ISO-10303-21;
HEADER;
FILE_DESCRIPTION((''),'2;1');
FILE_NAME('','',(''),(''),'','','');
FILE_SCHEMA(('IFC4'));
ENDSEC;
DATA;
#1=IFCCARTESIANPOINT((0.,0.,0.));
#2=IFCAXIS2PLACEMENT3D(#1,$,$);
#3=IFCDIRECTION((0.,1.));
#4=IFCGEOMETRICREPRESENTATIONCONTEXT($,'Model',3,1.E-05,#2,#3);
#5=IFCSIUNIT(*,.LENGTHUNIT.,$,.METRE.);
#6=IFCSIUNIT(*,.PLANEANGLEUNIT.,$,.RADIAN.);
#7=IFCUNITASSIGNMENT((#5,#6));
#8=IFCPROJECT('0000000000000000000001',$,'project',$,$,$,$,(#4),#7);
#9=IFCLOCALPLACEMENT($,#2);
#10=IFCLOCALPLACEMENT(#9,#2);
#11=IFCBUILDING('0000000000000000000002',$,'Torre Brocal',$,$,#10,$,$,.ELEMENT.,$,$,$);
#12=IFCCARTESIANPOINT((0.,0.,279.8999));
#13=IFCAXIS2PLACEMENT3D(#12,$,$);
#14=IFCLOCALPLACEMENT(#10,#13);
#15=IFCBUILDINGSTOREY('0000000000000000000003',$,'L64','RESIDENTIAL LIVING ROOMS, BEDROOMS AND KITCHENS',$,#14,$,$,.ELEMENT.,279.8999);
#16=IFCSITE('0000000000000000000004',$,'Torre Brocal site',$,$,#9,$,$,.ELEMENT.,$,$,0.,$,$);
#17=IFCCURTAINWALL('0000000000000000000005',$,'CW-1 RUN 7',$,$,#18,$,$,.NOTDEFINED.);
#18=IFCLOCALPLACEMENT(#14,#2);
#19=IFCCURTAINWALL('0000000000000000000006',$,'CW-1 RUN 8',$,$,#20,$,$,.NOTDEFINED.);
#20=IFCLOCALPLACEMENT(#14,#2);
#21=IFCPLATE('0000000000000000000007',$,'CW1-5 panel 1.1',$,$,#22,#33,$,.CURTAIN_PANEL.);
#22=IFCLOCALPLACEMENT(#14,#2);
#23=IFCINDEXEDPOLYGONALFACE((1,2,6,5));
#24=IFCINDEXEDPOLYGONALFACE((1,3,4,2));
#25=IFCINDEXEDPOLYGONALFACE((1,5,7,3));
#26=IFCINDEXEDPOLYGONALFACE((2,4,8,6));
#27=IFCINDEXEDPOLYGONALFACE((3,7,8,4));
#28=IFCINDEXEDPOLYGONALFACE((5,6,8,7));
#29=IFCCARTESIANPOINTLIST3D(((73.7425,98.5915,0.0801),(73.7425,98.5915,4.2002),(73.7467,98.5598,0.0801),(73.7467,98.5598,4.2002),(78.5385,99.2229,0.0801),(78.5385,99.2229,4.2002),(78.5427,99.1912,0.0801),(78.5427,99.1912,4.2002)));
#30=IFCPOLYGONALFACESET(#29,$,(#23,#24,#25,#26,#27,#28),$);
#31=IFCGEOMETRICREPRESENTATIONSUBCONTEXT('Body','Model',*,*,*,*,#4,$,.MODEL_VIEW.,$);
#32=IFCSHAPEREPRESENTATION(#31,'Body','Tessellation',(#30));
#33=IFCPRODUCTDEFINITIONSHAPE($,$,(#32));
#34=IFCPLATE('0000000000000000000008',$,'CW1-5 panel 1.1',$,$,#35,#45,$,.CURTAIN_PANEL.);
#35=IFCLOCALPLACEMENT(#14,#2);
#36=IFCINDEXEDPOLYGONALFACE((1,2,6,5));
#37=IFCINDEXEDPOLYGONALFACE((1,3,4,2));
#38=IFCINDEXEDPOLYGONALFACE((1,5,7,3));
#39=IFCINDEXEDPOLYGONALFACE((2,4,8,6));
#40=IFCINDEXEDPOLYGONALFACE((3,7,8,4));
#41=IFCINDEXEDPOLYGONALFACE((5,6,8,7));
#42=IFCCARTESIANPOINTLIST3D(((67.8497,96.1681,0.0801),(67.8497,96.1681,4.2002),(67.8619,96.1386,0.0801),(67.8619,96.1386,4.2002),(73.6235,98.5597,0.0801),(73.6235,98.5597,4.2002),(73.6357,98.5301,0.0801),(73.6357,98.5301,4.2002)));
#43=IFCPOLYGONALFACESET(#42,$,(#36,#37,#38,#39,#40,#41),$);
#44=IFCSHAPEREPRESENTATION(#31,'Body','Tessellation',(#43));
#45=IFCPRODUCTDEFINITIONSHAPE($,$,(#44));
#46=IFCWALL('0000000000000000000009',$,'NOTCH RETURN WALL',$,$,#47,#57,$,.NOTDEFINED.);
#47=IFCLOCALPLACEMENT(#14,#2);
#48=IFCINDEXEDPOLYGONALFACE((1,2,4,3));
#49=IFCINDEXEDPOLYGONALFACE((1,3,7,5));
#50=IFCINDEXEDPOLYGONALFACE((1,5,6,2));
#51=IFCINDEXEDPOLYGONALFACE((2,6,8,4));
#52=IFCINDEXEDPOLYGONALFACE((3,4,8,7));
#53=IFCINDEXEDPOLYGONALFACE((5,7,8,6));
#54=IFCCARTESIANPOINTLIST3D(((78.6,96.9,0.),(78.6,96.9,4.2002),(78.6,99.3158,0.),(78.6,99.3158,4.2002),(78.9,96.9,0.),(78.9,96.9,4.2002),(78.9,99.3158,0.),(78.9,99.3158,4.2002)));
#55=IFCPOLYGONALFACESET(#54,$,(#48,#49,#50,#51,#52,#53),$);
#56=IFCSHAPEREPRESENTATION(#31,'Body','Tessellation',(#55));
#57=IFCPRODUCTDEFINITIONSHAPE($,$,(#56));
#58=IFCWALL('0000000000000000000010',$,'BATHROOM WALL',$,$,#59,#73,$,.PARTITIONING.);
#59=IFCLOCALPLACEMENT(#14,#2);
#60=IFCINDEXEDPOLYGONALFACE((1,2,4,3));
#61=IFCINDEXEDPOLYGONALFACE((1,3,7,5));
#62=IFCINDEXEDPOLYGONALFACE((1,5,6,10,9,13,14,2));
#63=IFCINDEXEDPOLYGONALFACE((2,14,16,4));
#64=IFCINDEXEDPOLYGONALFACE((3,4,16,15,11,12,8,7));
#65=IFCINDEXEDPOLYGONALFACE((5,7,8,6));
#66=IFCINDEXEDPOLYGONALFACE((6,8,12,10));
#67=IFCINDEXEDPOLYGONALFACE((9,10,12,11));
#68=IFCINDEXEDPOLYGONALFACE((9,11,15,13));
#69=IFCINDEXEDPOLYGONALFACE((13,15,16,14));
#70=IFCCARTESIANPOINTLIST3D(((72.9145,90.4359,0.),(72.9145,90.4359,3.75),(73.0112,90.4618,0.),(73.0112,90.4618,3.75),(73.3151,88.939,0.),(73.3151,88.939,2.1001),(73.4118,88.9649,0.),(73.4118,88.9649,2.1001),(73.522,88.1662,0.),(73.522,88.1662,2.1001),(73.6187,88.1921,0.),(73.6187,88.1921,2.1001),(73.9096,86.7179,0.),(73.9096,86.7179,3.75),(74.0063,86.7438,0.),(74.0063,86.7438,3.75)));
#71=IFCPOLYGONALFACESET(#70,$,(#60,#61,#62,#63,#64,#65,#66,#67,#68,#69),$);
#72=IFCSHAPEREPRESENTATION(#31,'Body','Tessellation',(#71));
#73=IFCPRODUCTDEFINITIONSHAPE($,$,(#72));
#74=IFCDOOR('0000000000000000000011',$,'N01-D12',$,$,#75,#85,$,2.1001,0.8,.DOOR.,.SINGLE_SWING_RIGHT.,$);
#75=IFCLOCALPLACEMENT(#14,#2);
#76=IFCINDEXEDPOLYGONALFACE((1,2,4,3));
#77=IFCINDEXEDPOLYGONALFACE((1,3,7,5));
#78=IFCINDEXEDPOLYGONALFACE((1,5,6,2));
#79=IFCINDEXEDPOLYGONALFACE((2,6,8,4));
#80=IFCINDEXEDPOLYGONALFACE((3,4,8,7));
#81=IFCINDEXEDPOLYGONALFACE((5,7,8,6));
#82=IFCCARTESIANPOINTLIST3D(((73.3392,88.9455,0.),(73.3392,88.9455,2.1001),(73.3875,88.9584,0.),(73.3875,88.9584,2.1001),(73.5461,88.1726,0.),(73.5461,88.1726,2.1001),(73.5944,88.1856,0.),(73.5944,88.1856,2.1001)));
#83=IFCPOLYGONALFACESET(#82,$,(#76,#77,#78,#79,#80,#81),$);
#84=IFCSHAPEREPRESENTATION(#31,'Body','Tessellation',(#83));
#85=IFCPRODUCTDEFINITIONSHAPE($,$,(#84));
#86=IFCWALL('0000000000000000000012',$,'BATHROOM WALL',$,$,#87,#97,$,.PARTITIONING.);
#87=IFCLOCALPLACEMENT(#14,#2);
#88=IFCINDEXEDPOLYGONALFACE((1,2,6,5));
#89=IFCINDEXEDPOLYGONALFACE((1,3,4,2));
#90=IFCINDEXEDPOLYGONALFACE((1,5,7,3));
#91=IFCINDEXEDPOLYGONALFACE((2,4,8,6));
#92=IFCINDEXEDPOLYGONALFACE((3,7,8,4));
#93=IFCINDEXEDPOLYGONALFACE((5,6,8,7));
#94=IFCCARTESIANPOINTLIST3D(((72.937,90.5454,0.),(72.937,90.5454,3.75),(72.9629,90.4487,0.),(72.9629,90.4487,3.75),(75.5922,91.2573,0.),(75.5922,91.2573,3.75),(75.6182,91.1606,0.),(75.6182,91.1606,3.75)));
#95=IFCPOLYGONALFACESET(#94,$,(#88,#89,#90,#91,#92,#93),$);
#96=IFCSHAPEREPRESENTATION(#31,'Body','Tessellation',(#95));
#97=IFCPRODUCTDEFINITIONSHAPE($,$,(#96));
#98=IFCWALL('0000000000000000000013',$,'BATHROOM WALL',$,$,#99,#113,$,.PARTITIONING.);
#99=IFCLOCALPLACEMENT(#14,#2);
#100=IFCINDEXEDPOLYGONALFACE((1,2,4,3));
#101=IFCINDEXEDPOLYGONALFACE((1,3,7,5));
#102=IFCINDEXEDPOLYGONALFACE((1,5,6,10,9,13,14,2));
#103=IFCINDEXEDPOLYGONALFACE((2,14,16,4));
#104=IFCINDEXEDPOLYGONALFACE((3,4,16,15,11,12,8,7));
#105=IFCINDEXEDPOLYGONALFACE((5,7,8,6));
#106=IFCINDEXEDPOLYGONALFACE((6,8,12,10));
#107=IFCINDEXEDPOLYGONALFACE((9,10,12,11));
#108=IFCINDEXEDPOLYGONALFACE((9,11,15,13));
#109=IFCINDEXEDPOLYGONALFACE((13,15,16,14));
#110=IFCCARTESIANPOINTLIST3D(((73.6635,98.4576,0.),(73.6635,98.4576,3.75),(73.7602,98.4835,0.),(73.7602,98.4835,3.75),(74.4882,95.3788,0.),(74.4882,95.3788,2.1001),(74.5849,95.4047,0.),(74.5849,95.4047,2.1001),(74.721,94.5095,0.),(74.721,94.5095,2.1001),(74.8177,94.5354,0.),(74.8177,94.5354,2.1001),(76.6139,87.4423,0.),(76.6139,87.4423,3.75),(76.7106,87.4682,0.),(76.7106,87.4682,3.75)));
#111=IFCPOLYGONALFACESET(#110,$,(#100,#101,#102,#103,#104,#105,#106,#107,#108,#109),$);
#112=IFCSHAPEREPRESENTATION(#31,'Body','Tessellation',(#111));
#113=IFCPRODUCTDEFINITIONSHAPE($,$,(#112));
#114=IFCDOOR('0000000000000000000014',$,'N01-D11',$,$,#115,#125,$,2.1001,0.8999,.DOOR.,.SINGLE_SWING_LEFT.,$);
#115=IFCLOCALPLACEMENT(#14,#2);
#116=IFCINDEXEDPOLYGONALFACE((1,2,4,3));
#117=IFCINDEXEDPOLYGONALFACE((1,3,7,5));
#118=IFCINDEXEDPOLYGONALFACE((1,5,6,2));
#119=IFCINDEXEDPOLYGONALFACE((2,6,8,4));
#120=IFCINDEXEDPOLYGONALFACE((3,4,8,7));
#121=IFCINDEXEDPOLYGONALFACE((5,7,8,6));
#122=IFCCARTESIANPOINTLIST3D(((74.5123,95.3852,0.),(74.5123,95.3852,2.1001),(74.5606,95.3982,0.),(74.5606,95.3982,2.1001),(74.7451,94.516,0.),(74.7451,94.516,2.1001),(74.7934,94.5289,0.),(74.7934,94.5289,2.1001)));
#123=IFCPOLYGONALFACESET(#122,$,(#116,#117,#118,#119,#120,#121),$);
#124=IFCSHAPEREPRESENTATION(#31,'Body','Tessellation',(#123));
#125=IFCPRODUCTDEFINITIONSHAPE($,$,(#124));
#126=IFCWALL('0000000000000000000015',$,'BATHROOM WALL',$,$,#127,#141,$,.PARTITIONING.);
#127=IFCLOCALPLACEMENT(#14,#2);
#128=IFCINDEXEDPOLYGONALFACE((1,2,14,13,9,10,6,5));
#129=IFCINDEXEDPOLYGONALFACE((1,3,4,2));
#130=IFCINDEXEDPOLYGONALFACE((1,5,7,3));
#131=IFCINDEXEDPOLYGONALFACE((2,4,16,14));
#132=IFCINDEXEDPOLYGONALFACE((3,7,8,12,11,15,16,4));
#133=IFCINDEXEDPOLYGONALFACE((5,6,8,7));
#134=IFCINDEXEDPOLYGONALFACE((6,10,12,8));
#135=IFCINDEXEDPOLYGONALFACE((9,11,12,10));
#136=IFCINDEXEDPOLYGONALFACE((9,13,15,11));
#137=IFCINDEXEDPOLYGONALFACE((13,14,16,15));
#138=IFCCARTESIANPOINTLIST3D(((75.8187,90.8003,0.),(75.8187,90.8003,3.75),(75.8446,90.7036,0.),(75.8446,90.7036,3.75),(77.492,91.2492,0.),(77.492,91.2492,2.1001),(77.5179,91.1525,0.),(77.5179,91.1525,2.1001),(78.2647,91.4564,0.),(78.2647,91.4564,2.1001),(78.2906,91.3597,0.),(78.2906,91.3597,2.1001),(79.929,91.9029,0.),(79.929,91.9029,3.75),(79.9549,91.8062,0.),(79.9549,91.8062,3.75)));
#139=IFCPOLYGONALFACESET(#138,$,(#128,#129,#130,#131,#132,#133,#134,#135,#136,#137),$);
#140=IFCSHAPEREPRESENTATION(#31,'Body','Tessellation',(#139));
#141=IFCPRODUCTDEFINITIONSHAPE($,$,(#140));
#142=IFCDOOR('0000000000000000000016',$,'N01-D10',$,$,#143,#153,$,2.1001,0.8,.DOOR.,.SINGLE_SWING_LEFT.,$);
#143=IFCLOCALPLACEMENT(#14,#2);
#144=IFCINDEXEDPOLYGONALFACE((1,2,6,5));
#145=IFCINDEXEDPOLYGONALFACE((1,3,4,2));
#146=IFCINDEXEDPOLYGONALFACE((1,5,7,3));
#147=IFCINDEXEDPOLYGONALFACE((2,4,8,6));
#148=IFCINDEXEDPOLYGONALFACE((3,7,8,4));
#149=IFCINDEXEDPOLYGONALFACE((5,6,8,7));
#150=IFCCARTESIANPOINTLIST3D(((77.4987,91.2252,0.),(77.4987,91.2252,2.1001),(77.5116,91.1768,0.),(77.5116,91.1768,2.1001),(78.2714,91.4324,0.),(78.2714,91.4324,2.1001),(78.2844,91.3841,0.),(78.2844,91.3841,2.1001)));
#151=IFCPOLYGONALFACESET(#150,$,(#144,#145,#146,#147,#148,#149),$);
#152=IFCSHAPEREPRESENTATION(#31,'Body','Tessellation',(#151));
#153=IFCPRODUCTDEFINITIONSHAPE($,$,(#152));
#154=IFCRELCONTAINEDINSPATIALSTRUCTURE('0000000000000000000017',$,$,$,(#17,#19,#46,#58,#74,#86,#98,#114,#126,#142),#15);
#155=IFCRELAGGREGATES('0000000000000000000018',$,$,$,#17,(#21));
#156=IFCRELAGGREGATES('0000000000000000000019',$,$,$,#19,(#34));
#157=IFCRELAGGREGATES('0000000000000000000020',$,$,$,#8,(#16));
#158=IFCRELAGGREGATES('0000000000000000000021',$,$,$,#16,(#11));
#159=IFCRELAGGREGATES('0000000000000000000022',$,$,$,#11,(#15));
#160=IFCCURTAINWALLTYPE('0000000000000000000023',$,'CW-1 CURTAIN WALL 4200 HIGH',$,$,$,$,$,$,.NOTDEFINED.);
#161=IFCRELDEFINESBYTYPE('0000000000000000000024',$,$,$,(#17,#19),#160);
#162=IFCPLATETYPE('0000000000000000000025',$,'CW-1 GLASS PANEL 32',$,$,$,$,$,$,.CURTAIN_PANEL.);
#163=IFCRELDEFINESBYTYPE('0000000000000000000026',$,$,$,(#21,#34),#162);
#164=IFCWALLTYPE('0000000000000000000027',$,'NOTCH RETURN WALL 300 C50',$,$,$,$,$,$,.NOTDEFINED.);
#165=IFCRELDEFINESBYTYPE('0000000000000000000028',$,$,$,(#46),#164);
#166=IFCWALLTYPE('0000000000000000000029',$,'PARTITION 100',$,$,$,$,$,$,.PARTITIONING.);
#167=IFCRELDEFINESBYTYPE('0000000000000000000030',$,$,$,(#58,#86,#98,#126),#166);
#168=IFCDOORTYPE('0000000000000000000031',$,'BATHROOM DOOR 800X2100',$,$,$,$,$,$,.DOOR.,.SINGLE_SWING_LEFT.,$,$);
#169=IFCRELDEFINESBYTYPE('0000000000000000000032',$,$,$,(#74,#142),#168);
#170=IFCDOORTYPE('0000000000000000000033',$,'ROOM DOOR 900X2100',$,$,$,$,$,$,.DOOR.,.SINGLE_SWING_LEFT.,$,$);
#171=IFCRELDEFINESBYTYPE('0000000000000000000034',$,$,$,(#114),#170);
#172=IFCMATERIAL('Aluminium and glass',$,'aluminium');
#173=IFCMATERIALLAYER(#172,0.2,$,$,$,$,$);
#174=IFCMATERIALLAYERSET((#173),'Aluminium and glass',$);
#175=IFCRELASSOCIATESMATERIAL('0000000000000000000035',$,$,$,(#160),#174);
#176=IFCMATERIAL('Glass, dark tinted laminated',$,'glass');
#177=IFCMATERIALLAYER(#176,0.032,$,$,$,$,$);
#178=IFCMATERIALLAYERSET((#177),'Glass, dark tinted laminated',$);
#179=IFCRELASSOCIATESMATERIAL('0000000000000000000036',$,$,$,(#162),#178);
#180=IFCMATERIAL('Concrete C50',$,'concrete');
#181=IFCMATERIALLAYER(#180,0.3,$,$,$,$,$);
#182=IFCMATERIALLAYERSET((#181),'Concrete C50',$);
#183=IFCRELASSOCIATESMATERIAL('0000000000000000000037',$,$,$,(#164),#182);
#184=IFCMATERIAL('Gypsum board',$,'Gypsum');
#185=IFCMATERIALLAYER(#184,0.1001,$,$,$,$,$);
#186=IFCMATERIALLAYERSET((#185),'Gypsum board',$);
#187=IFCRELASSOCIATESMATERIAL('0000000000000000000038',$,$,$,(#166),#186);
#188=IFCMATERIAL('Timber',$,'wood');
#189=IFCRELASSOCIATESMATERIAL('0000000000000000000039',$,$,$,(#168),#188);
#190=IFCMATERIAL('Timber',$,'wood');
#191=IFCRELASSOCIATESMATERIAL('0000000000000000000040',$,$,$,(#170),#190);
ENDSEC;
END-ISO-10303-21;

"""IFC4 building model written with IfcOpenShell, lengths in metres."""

from ifc_helpers import new_model, si_unit, direction, frame, frame_2d, origin, origin_2d, place, context, subcontext, project, spatial, rectangle, extrude, material, layer, layer_set, type_object, element, fill, aggregate, save


model = new_model("IFC4")

# Units and contexts
model_context = context("Model", 3, precision=1e-05, world=origin(), true_north=direction((0.0, 1.0)))
body_context = subcontext(model_context, "Body", "Model", "MODEL_VIEW")
ifc_project = project(units=[si_unit("LENGTHUNIT", "METRE"), si_unit("PLANEANGLEUNIT", "RADIAN")], contexts=[model_context])

# Site, building, storey
site_placement = place(None, origin())
site = spatial("IfcSite", under=ifc_project, at=site_placement, Name="Torre Brocal site", CompositionType="ELEMENT", RefElevation=0.0)
building_placement = place(site_placement, origin())
building = spatial("IfcBuilding", under=site, at=building_placement, Name="Torre Brocal", CompositionType="ELEMENT")
storey_placement = place(building_placement, frame((0.0, 0.0, 279.8999)))
storey = spatial("IfcBuildingStorey", under=building, at=storey_placement, Name="L64", Description="RESIDENTIAL LIVING ROOMS, BEDROOMS AND KITCHENS", CompositionType="ELEMENT", Elevation=279.8999)

# Curtain wall
ifc_material_1 = material(Name="Aluminium and glass", Category="aluminium")
ifc_layer_1 = layer(ifc_material_1, 0.2)
ifc_layer_set_1 = layer_set([ifc_layer_1], Name="Aluminium and glass")
curtain_wall_type = type_object("IfcCurtainWallType", Name="CW-1 CURTAIN WALL 4200 HIGH", PredefinedType="NOTDEFINED", material=ifc_layer_set_1)
curtain_wall_1_placement = place(storey_placement, origin())
curtain_wall_1 = element("IfcCurtainWall", 1, at=curtain_wall_1_placement, inside=storey, type_object=curtain_wall_type, Name="CW-1 RUN 7", PredefinedType="NOTDEFINED")

# Curtain wall
curtain_wall_2_placement = place(storey_placement, origin())
curtain_wall_2 = element("IfcCurtainWall", 2, at=curtain_wall_2_placement, inside=storey, type_object=curtain_wall_type, Name="CW-1 RUN 8", PredefinedType="NOTDEFINED")

# Plates
ifc_material_2 = material(Name="Glass, dark tinted laminated", Category="glass")
ifc_layer_2 = layer(ifc_material_2, 0.032)
ifc_layer_set_2 = layer_set([ifc_layer_2], Name="Glass, dark tinted laminated")
plate_type = type_object("IfcPlateType", Name="CW-1 GLASS PANEL 32", PredefinedType="CURTAIN_PANEL", material=ifc_layer_set_2)
plate_1_placement = place(storey_placement, frame((76.1426, 98.8914, 0.0801), z_axis=(0.0, 0.0, 1.0), x_axis=(-0.991445, -0.130526, 0.0)))
plate_1 = element("IfcPlate", 3, at=plate_1_placement, type_object=plate_type, Name="CW1-5 panel 1.1", PredefinedType="CURTAIN_PANEL", context=body_context, shape_type="SweptSolid", body=[
    extrude(rectangle(XDim=4.8374, YDim=0.032, at=origin_2d()), origin(), (0.0, 0.0, 1.0), 4.1201),
])
aggregate(curtain_wall_1, [plate_1])
plate_2_placement = place(storey_placement, frame((70.7427, 97.3491, 0.0801), z_axis=(0.0, 0.0, 1.0), x_axis=(-0.92388, -0.382683, 0.0)))
plate_2 = element("IfcPlate", 4, at=plate_2_placement, type_object=plate_type, Name="CW1-5 panel 1.1", PredefinedType="CURTAIN_PANEL", context=body_context, shape_type="SweptSolid", body=[
    extrude(rectangle(XDim=6.2495, YDim=0.032, at=origin_2d()), origin(), (0.0, 0.0, 1.0), 4.1201),
])
aggregate(curtain_wall_2, [plate_2])

# Wall
ifc_material_3 = material(Name="Concrete C50", Category="concrete")
ifc_layer_3 = layer(ifc_material_3, 0.3)
ifc_layer_set_3 = layer_set([ifc_layer_3], Name="Concrete C50")
wall_type_1 = type_object("IfcWallType", Name="NOTCH RETURN WALL 300 C50", PredefinedType="NOTDEFINED", material=ifc_layer_set_3)
wall_1_placement = place(storey_placement, frame((78.75, 96.8999, 0.0), z_axis=(0.0, 0.0, 1.0), x_axis=(0.0, 1.0, 0.0)))
element("IfcWall", 5, at=wall_1_placement, inside=storey, type_object=wall_type_1, Name="NOTCH RETURN WALL", PredefinedType="NOTDEFINED", context=body_context, shape_type="SweptSolid", body=[
    extrude(rectangle(XDim=2.4158, YDim=0.3, at=frame_2d((1.208, 0.0))), origin(), (0.0, 0.0, 1.0), 4.2002),
])

# Wall, opening, door
ifc_material_4 = material(Name="Gypsum board", Category="Gypsum")
ifc_layer_4 = layer(ifc_material_4, 0.1001)
ifc_layer_set_4 = layer_set([ifc_layer_4], Name="Gypsum board")
wall_type_2 = type_object("IfcWallType", Name="PARTITION 100", PredefinedType="PARTITIONING", material=ifc_layer_set_4)
wall_2_placement = place(storey_placement, frame((72.9629, 90.4487, 0.0), z_axis=(0.0, 0.0, 1.0), x_axis=(0.258547, -0.965999, 0.0)))
wall_2 = element("IfcWall", 6, at=wall_2_placement, inside=storey, type_object=wall_type_2, Name="BATHROOM WALL", PredefinedType="PARTITIONING", context=body_context, shape_type="SweptSolid", body=[
    extrude(rectangle(XDim=3.8489, YDim=0.1001, at=frame_2d((1.9243, 0.0))), origin(), (0.0, 0.0, 1.0), 3.75),
])
opening_1_placement = place(wall_2_placement, frame((1.5496, 0.0, 0.0)))
opening_1 = element("IfcOpeningElement", 7, at=opening_1_placement, cuts=wall_2, PredefinedType="OPENING", context=body_context, shape_type="SweptSolid", body=[
    extrude(rectangle(XDim=0.8, YDim=2.1001, at=frame_2d((0.3999, 1.05))), frame((0.0, 0.0601, 0.0), z_axis=(0.0, -1.0, 0.0), x_axis=(1.0, 0.0, 0.0)), (0.0, 0.0, 1.0), 0.1201),
])
ifc_material_5 = material(Name="Timber", Category="wood")
door_type_1 = type_object("IfcDoorType", Name="BATHROOM DOOR 800X2100", OperationType="SINGLE_SWING_LEFT", PredefinedType="DOOR", material=ifc_material_5)
door_1_placement = place(opening_1_placement, origin())
door_1 = element("IfcDoor", 8, at=door_1_placement, inside=storey, type_object=door_type_1, Name="N01-D12", OperationType="SINGLE_SWING_RIGHT", OverallHeight=2.1001, OverallWidth=0.8, PredefinedType="DOOR", context=body_context, shape_type="SweptSolid", body=[
    extrude(rectangle(XDim=0.8, YDim=2.1001, at=frame_2d((0.3999, 1.05))), frame((0.0, 0.0249, 0.0), z_axis=(0.0, -1.0, 0.0), x_axis=(1.0, 0.0, 0.0)), (0.0, 0.0, 1.0), 0.05),
])
fill(opening_1, door_1)

# Wall
wall_3_placement = place(storey_placement, frame((72.95, 90.4971, 0.0), z_axis=(0.0, 0.0, 1.0), x_axis=(0.965886, 0.258967, 0.0)))
element("IfcWall", 9, at=wall_3_placement, inside=storey, type_object=wall_type_2, Name="BATHROOM WALL", PredefinedType="PARTITIONING", context=body_context, shape_type="SweptSolid", body=[
    extrude(rectangle(XDim=2.749, YDim=0.1001, at=frame_2d((1.3745, 0.0))), origin(), (0.0, 0.0, 1.0), 3.75),
])

# Walls, openings, doors
wall_4_placement = place(storey_placement, frame((73.7119, 98.4705, 0.0), z_axis=(0.0, 0.0, 1.0), x_axis=(0.258727, -0.96595, 0.0)))
wall_4 = element("IfcWall", 10, at=wall_4_placement, inside=storey, type_object=wall_type_2, Name="BATHROOM WALL", PredefinedType="PARTITIONING", context=body_context, shape_type="SweptSolid", body=[
    extrude(rectangle(XDim=11.4036, YDim=0.1001, at=frame_2d((5.7017, 0.0))), origin(), (0.0, 0.0, 1.0), 3.75),
])
opening_2_placement = place(wall_4_placement, frame((3.1873, 0.0, 0.0)))
opening_2 = element("IfcOpeningElement", 11, at=opening_2_placement, cuts=wall_4, PredefinedType="OPENING", context=body_context, shape_type="SweptSolid", body=[
    extrude(rectangle(XDim=0.8999, YDim=2.1001, at=frame_2d((0.45, 1.05))), frame((0.0, 0.0601, 0.0), z_axis=(0.0, -1.0, 0.0), x_axis=(1.0, 0.0, 0.0)), (0.0, 0.0, 1.0), 0.1201),
])
ifc_material_6 = material(Name="Timber", Category="wood")
door_type_2 = type_object("IfcDoorType", Name="ROOM DOOR 900X2100", OperationType="SINGLE_SWING_LEFT", PredefinedType="DOOR", material=ifc_material_6)
door_2_placement = place(opening_2_placement, origin())
door_2 = element("IfcDoor", 12, at=door_2_placement, inside=storey, type_object=door_type_2, Name="N01-D11", OperationType="SINGLE_SWING_LEFT", OverallHeight=2.1001, OverallWidth=0.8999, PredefinedType="DOOR", context=body_context, shape_type="SweptSolid", body=[
    extrude(rectangle(XDim=0.8999, YDim=2.1001, at=frame_2d((0.45, 1.05))), frame((0.0, 0.0249, 0.0), z_axis=(0.0, -1.0, 0.0), x_axis=(1.0, 0.0, 0.0)), (0.0, 0.0, 1.0), 0.05),
])
fill(opening_2, door_2)
wall_5_placement = place(storey_placement, frame((75.8315, 90.752, 0.0), z_axis=(0.0, 0.0, 1.0), x_axis=(0.965857, 0.259076, 0.0)))
wall_5 = element("IfcWall", 13, at=wall_5_placement, inside=storey, type_object=wall_type_2, Name="BATHROOM WALL", PredefinedType="PARTITIONING", context=body_context, shape_type="SweptSolid", body=[
    extrude(rectangle(XDim=4.2556, YDim=0.1001, at=frame_2d((2.1279, 0.0))), origin(), (0.0, 0.0, 1.0), 3.75),
])
opening_3_placement = place(wall_5_placement, frame((1.7327, 0.0, 0.0)))
opening_3 = element("IfcOpeningElement", 14, at=opening_3_placement, cuts=wall_5, PredefinedType="OPENING", context=body_context, shape_type="SweptSolid", body=[
    extrude(rectangle(XDim=0.8, YDim=2.1001, at=frame_2d((0.3999, 1.05))), frame((0.0, 0.0601, 0.0), z_axis=(0.0, -1.0, 0.0), x_axis=(1.0, 0.0, 0.0)), (0.0, 0.0, 1.0), 0.1201),
])
door_3_placement = place(opening_3_placement, frame((0.8, 0.0, 0.0), z_axis=(0.0, 0.0, 1.0), x_axis=(-1.0, 0.0, 0.0)))
door_3 = element("IfcDoor", 15, at=door_3_placement, inside=storey, type_object=door_type_1, Name="N01-D10", OperationType="SINGLE_SWING_LEFT", OverallHeight=2.1001, OverallWidth=0.8, PredefinedType="DOOR", context=body_context, shape_type="SweptSolid", body=[
    extrude(rectangle(XDim=0.8, YDim=2.1001, at=frame_2d((0.3999, 1.05))), frame((0.0, 0.0249, 0.0), z_axis=(0.0, -1.0, 0.0), x_axis=(1.0, 0.0, 0.0)), (0.0, 0.0, 1.0), 0.05),
])
fill(opening_3, door_3)

save(model, "model.ifc")
